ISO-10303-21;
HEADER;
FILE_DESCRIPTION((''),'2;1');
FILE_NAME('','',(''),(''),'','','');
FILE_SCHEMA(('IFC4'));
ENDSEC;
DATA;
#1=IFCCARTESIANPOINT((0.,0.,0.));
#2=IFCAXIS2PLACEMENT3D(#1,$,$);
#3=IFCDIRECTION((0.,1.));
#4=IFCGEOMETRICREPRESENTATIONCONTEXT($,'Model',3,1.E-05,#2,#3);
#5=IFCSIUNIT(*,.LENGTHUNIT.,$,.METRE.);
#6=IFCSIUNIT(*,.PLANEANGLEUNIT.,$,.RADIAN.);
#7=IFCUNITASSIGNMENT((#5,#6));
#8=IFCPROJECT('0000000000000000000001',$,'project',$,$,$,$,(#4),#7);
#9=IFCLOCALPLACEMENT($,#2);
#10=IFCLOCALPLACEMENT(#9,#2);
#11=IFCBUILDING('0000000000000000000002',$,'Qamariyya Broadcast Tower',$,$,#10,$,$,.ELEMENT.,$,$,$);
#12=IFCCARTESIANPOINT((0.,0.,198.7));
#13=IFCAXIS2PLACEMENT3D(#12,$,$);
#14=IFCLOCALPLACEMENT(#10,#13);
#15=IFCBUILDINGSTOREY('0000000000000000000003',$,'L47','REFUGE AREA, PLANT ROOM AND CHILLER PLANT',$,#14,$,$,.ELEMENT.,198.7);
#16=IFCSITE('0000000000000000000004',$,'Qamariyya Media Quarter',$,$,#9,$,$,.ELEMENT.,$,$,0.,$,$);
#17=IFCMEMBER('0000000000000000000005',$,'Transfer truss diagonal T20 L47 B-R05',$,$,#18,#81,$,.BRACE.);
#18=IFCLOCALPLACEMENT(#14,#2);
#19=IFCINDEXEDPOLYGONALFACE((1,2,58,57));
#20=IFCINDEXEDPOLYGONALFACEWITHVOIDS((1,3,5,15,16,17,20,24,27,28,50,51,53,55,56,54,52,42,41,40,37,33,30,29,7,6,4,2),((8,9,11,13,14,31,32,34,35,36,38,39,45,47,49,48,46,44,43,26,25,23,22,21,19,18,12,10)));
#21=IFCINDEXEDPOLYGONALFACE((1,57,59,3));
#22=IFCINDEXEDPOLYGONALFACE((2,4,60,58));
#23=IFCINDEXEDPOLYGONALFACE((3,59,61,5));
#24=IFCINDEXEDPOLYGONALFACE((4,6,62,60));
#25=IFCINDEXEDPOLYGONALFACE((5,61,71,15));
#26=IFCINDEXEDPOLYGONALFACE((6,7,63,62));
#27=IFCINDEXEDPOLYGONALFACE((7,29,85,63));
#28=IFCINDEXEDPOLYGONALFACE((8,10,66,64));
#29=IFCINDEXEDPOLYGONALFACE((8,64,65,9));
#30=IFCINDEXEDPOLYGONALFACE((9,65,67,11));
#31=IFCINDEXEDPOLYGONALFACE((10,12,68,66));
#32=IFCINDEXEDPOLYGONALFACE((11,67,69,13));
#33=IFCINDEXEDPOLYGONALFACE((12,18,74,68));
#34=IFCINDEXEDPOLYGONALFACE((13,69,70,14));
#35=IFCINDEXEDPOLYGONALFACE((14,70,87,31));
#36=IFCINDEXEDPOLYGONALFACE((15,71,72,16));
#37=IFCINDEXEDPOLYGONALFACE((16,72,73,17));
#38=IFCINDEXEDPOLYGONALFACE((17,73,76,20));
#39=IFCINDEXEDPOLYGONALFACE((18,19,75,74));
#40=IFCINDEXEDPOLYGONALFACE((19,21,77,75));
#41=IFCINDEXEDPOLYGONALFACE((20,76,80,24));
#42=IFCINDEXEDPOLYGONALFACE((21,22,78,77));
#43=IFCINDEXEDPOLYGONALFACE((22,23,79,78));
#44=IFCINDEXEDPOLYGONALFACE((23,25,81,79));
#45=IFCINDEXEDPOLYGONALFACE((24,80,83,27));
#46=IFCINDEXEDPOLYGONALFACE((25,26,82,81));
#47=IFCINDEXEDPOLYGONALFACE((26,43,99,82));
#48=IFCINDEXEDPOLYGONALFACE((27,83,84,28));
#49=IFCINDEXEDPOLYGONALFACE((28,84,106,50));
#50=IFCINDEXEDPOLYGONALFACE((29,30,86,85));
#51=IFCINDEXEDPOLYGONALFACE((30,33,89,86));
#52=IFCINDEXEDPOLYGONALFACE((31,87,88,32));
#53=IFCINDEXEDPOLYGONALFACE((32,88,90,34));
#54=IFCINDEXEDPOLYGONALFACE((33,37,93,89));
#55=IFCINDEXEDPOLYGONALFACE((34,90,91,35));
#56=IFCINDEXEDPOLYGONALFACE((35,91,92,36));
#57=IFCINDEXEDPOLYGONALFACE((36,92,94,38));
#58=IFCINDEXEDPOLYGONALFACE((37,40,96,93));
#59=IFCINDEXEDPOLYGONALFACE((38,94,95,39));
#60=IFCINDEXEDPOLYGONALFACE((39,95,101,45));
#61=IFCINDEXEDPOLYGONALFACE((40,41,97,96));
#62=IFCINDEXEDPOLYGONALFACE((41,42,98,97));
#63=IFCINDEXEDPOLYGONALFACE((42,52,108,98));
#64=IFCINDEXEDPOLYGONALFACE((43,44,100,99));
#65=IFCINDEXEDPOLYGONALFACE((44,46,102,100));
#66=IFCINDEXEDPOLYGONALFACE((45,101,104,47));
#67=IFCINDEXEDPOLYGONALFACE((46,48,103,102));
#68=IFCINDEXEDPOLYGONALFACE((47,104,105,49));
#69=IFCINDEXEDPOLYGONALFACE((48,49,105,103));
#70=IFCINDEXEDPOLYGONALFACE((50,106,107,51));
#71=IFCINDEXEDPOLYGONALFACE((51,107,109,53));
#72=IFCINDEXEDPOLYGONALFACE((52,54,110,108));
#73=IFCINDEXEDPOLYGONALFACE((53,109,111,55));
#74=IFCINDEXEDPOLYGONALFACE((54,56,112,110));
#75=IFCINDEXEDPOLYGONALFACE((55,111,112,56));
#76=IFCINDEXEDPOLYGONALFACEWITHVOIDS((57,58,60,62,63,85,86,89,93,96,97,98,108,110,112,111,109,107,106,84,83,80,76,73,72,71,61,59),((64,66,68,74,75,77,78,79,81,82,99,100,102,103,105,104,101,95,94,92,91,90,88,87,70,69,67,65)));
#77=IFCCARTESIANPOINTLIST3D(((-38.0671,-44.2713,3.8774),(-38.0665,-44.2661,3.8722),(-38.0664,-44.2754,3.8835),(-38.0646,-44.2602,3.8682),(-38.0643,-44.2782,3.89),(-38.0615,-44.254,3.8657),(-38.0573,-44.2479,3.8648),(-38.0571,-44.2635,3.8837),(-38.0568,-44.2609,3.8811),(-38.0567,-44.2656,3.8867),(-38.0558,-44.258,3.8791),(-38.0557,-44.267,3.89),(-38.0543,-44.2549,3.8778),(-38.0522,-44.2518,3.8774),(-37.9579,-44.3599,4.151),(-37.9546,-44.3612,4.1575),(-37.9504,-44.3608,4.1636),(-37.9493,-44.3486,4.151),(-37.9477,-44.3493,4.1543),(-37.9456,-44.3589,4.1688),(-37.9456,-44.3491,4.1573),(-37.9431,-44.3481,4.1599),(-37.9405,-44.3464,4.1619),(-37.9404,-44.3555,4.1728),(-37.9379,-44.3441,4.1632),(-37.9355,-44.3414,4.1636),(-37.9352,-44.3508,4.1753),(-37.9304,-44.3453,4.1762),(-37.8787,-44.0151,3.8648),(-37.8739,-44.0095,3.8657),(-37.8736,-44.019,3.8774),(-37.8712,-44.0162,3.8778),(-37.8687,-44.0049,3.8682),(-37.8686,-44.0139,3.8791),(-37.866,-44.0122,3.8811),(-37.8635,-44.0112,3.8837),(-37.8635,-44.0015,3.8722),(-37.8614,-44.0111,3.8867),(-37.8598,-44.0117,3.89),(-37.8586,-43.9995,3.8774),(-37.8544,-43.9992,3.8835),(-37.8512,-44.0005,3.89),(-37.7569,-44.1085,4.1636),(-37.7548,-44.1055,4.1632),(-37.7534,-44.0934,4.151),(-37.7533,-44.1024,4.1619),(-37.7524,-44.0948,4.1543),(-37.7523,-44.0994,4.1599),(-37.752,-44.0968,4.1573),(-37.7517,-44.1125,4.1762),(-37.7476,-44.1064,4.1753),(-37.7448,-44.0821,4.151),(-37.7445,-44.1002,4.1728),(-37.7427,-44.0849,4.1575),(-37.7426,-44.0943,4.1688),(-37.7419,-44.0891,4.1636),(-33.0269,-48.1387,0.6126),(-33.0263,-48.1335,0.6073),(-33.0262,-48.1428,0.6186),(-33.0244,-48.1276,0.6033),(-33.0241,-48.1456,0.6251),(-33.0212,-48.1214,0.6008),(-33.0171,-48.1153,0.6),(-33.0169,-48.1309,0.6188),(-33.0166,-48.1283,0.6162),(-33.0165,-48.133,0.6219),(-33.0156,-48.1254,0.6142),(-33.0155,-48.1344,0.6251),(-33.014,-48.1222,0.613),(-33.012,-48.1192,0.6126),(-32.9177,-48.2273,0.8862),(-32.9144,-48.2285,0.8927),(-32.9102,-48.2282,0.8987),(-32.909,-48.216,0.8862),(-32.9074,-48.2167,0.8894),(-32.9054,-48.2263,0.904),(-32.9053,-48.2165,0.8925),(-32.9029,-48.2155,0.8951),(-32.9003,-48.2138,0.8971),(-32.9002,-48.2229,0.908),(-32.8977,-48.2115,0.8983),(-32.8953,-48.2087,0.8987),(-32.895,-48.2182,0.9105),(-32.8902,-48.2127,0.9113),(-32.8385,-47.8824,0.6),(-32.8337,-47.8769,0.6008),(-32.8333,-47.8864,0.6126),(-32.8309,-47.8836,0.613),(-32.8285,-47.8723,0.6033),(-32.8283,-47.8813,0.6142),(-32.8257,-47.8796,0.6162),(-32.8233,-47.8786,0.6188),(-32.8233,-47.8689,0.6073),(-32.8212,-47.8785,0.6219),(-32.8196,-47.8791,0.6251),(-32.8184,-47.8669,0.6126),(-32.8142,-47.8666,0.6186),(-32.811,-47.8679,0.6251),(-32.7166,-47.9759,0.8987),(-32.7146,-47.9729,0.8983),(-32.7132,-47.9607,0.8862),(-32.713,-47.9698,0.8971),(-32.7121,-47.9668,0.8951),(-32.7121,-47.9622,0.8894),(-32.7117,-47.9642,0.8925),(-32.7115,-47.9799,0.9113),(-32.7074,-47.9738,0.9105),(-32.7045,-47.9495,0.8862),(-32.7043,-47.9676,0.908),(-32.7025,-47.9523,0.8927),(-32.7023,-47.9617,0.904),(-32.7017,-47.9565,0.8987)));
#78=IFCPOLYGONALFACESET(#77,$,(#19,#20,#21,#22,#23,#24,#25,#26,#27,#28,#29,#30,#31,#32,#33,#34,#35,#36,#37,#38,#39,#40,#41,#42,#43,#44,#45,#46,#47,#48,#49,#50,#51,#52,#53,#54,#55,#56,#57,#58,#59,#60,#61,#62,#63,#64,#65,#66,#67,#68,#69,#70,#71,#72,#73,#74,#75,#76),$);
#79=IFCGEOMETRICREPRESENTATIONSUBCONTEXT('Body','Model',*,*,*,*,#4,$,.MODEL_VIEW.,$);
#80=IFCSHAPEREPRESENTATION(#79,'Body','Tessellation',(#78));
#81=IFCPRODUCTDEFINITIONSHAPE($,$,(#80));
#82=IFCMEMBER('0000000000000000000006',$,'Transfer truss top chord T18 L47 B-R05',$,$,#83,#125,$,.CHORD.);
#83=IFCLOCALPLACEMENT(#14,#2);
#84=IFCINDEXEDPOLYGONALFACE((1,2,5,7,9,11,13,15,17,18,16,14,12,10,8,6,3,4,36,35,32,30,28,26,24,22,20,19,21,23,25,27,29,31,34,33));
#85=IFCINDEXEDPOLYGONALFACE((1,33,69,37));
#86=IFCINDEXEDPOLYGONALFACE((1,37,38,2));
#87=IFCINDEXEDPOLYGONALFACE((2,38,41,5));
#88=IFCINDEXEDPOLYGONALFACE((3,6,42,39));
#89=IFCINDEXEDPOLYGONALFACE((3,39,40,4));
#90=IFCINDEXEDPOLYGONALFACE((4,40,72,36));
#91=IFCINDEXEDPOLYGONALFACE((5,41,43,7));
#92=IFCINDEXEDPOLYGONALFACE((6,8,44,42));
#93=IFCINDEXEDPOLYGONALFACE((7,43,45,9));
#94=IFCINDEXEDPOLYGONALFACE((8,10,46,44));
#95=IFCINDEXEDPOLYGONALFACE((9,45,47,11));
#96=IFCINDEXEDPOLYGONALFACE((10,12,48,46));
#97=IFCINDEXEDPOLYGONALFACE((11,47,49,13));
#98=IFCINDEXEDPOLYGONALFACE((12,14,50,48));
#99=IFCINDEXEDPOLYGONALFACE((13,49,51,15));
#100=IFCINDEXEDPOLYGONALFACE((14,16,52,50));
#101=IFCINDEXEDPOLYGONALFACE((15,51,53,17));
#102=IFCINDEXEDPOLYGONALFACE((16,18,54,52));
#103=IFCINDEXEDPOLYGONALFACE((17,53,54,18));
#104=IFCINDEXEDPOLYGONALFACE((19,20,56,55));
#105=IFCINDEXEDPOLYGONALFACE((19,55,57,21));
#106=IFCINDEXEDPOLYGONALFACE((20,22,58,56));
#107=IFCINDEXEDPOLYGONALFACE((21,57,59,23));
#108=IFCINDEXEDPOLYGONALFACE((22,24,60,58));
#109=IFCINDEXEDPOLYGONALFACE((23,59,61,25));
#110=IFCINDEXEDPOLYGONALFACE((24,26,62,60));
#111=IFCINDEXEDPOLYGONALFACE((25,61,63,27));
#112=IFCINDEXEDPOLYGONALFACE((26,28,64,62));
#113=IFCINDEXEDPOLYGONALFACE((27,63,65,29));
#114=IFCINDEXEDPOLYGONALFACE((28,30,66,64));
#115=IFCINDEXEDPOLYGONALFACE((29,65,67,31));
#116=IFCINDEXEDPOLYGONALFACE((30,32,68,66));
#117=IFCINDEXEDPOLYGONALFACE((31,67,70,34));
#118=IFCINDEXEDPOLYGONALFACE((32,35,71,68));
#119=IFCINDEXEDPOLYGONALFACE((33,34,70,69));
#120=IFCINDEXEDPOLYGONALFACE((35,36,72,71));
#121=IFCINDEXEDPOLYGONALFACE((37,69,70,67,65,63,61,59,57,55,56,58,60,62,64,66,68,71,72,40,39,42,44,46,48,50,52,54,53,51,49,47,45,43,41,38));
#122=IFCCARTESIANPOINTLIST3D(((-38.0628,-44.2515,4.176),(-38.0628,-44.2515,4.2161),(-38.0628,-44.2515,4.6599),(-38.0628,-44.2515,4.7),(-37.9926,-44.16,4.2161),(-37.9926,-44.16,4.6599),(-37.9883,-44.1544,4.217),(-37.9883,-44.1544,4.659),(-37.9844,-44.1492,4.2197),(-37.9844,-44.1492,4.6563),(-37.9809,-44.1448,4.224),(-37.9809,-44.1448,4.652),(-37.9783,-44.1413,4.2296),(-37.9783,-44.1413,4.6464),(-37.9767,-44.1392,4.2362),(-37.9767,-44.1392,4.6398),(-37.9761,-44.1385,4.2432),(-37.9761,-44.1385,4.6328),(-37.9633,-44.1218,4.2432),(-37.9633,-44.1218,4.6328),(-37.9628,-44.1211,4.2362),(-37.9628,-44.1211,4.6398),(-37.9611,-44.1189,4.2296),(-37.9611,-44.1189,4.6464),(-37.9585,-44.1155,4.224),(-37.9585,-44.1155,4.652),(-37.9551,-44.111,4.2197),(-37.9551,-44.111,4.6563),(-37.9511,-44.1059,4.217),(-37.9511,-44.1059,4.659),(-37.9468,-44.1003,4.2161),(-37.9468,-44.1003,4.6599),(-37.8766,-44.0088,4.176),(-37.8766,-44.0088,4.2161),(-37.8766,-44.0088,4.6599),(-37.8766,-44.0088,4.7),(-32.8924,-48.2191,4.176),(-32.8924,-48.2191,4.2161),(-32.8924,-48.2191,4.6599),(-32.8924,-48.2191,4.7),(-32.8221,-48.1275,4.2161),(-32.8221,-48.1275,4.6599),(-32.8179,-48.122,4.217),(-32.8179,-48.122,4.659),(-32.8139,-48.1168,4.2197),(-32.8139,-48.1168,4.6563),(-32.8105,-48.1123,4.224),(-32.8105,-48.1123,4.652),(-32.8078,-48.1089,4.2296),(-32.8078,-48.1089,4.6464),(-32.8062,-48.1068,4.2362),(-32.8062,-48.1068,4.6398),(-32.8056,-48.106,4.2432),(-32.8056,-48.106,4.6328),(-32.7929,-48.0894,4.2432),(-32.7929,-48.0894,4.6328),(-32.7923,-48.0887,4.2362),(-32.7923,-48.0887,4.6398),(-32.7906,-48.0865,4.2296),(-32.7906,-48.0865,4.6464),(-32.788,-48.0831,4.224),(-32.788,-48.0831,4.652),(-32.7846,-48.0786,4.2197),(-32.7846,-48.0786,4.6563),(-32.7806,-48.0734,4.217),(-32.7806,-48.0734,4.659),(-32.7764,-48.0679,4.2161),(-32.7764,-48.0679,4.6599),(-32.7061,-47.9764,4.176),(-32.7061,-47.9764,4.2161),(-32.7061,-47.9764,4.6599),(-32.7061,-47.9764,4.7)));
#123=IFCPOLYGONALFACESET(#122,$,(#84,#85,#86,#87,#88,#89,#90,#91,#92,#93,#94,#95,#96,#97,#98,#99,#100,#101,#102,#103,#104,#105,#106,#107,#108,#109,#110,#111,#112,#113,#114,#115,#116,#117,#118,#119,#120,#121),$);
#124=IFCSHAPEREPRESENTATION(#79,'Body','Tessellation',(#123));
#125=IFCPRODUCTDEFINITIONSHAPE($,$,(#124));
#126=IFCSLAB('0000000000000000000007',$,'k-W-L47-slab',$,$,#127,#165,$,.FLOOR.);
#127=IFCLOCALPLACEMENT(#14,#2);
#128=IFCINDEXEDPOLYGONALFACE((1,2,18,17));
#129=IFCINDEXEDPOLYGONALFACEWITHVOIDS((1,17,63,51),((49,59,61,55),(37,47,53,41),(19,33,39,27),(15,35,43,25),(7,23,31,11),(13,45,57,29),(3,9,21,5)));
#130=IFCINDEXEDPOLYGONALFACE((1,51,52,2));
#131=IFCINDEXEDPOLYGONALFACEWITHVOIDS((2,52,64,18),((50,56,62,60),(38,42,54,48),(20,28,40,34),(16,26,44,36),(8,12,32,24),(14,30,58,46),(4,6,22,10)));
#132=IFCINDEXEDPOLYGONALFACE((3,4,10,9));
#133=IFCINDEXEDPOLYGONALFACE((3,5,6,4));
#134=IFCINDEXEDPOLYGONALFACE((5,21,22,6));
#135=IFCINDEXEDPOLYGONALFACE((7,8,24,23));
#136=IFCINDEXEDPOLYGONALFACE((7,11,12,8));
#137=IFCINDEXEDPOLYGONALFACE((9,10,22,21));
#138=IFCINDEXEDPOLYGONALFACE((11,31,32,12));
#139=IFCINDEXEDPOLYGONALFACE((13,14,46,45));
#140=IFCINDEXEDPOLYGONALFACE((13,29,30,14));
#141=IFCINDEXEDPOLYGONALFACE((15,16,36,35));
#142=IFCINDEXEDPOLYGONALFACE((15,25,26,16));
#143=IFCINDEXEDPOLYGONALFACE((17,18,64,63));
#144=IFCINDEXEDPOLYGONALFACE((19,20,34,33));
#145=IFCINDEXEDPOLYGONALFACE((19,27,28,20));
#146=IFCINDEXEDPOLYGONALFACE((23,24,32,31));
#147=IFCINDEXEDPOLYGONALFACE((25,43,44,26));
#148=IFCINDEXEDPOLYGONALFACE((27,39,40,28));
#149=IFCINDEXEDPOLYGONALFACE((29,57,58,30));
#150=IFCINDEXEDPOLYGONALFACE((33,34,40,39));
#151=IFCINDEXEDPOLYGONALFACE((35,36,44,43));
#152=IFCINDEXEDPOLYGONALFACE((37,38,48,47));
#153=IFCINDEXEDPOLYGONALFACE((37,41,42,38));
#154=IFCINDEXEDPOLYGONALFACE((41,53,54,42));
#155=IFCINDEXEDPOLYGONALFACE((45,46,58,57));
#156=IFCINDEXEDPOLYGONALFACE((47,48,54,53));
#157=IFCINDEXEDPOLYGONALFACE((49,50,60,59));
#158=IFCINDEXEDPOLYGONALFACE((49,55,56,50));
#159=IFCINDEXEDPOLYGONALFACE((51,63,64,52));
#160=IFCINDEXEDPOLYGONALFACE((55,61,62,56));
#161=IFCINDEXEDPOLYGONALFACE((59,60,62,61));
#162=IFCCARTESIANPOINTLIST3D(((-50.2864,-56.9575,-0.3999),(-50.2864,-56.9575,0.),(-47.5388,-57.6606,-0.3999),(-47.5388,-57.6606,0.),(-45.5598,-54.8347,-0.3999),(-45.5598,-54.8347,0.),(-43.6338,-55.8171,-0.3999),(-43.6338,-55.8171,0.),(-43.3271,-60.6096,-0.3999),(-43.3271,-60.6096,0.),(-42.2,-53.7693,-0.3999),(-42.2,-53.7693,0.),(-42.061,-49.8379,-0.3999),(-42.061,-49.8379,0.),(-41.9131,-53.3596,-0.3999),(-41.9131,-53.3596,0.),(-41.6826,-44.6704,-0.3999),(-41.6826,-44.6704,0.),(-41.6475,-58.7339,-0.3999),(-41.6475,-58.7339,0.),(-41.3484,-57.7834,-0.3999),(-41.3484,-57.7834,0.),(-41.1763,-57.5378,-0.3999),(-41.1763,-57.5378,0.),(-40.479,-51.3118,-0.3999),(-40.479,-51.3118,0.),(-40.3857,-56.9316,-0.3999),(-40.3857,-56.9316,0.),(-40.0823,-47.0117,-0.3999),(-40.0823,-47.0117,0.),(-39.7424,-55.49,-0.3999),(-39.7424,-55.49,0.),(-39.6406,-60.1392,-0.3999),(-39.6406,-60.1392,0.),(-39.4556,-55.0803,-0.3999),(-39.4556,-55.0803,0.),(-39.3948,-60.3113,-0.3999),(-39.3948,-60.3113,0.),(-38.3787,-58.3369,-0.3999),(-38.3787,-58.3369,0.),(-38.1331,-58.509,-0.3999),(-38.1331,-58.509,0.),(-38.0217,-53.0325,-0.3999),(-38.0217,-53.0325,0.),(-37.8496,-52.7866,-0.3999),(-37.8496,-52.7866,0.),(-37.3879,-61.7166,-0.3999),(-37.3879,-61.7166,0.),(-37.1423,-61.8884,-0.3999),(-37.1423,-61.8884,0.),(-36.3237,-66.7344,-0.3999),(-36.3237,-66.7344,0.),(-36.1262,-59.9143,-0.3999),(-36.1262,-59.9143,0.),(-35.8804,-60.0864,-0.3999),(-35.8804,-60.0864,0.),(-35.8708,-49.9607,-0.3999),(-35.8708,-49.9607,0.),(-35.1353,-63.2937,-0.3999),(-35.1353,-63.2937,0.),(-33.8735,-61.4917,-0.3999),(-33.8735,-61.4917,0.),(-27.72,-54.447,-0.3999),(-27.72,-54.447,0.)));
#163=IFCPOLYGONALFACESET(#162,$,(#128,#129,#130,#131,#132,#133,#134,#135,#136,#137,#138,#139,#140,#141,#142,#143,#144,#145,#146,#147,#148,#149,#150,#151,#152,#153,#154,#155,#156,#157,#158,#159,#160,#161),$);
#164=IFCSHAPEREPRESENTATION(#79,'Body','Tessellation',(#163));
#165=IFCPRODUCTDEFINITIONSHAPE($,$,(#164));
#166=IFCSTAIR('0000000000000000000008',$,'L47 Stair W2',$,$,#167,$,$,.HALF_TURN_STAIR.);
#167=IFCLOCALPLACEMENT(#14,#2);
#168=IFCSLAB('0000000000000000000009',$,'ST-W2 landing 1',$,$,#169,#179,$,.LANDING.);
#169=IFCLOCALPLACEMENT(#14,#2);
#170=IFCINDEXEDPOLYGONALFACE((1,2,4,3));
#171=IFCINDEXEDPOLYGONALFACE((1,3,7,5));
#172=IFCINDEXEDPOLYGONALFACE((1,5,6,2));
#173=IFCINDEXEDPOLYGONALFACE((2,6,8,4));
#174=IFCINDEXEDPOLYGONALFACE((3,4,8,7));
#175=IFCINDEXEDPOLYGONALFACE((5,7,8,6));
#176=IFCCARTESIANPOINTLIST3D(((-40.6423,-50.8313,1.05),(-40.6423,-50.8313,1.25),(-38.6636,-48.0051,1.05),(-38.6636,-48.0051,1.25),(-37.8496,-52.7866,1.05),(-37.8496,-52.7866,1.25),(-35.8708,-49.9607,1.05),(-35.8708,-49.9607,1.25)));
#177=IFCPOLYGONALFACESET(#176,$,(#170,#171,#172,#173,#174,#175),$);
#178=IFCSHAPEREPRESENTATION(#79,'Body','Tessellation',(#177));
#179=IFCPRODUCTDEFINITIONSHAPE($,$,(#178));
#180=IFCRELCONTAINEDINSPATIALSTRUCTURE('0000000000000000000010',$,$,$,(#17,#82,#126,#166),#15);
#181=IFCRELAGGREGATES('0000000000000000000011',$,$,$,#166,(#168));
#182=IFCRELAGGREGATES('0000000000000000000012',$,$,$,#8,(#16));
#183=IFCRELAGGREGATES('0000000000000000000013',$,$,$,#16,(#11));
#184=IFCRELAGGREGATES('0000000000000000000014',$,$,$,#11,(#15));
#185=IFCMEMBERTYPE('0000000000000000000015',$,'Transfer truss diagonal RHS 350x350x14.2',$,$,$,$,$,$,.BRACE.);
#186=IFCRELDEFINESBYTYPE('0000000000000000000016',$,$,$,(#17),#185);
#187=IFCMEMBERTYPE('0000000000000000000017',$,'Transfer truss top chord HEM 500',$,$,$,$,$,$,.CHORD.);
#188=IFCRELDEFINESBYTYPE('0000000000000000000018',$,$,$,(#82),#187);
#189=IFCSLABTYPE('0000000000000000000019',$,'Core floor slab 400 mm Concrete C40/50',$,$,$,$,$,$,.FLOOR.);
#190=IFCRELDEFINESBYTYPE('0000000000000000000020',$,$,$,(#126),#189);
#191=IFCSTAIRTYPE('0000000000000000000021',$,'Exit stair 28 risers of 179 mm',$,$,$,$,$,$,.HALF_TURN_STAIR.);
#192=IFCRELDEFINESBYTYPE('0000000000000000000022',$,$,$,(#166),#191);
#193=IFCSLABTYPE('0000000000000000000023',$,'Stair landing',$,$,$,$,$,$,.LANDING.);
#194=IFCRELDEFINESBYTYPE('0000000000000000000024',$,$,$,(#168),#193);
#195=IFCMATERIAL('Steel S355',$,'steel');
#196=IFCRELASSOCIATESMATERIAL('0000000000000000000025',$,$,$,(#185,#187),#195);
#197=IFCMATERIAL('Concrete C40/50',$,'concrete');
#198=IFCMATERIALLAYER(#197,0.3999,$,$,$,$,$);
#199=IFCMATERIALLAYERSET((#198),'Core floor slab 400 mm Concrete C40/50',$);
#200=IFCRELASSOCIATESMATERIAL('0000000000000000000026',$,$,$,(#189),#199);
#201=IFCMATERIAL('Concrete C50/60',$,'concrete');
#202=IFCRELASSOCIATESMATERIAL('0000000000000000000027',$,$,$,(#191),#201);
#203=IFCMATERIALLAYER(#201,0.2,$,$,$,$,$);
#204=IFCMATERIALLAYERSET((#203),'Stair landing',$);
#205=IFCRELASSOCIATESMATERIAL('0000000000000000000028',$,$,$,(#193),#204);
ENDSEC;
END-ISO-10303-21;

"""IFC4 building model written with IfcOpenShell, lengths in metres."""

from ifc_helpers import new_model, si_unit, direction, frame, origin, origin_2d, place, context, subcontext, project, spatial, polyline, hollow_rectangle, i_section, outline, extrude, material, layer, layer_set, material_profile, profile_set, type_object, element, aggregate, save


model = new_model("IFC4")

# Units and contexts
model_context = context("Model", 3, precision=1e-05, world=origin(), true_north=direction((0.0, 1.0)))
body_context = subcontext(model_context, "Body", "Model", "MODEL_VIEW")
ifc_project = project(units=[si_unit("LENGTHUNIT", "METRE"), si_unit("PLANEANGLEUNIT", "RADIAN")], contexts=[model_context])

# Site, building, storey
site_placement = place(None, origin())
site = spatial("IfcSite", under=ifc_project, at=site_placement, Name="Qamariyya Media Quarter", CompositionType="ELEMENT", RefElevation=0.0)
building_placement = place(site_placement, origin())
building = spatial("IfcBuilding", under=site, at=building_placement, Name="Qamariyya Broadcast Tower", CompositionType="ELEMENT")
storey_placement = place(building_placement, frame((0.0, 0.0, 198.7)))
storey = spatial("IfcBuildingStorey", under=building, at=storey_placement, Name="L47", Description="REFUGE AREA, PLANT ROOM AND CHILLER PLANT", CompositionType="ELEMENT", Elevation=198.7)

# Shared definitions
ifc_material_1 = material(Name="Steel S355", Category="steel")

# Shared definitions
ifc_material_2 = material(Name="Concrete C40/50", Category="concrete")

# Members
ifc_material_profile_1 = material_profile(ifc_material_1, hollow_rectangle(XDim=0.3501, YDim=0.3501, WallThickness=0.0142, InnerFilletRadius=0.0142, OuterFilletRadius=0.0283, at=origin_2d()))
ifc_profile_set_1 = profile_set([ifc_material_profile_1], Name="Steel S355")
member_type_1 = type_object("IfcMemberType", Name="Transfer truss diagonal RHS 350x350x14.2", PredefinedType="BRACE", material=ifc_profile_set_1)
member_1_placement = place(storey_placement, frame((-37.9045, -44.1802, 4.0205), z_axis=(0.705636, -0.541437, -0.457082), x_axis=(0.60875, 0.793362, 0.0)))
element("IfcMember", 1, at=member_1_placement, inside=storey, type_object=member_type_1, Name="Transfer truss diagonal T20 L47 B-R05", PredefinedType="BRACE", context=body_context, shape_type="SweptSolid", body=[
    extrude(hollow_rectangle(XDim=0.3501, YDim=0.3501, WallThickness=0.0142, InnerFilletRadius=0.0142, OuterFilletRadius=0.0283, at=origin_2d()), origin(), (0.0, 0.0, 1.0), 7.1428),
])
ifc_material_profile_2 = material_profile(ifc_material_1, i_section(OverallWidth=0.3059, OverallDepth=0.5239, WebThickness=0.021, FlangeThickness=0.04, FilletRadius=0.0271, at=origin_2d()))
ifc_profile_set_2 = profile_set([ifc_material_profile_2], Name="Steel S355")
member_type_2 = type_object("IfcMemberType", Name="Transfer truss top chord HEM 500", PredefinedType="CHORD", material=ifc_profile_set_2)
member_2_placement = place(storey_placement, frame((-37.9697, -44.1301, 4.438), z_axis=(0.793343, -0.608774, 0.0), x_axis=(0.608774, 0.793343, 0.0)))
element("IfcMember", 2, at=member_2_placement, inside=storey, type_object=member_type_2, Name="Transfer truss top chord T18 L47 B-R05", PredefinedType="CHORD", context=body_context, shape_type="SweptSolid", body=[
    extrude(i_section(OverallWidth=0.3059, OverallDepth=0.5239, WebThickness=0.021, FlangeThickness=0.04, FilletRadius=0.0271, at=origin_2d()), origin(), (0.0, 0.0, 1.0), 6.5173),
])

# Slab
ifc_layer_1 = layer(ifc_material_2, 0.3999)
ifc_layer_set_1 = layer_set([ifc_layer_1], Name="Core floor slab 400 mm Concrete C40/50")
slab_type_1 = type_object("IfcSlabType", Name="Core floor slab 400 mm Concrete C40/50", PredefinedType="FLOOR", material=ifc_layer_set_1)
slab_1_placement = place(storey_placement, frame((0.0, 0.0, -0.3999)))
element("IfcSlab", 3, at=slab_1_placement, inside=storey, type_object=slab_type_1, Name="k-W-L47-slab", PredefinedType="FLOOR", context=body_context, shape_type="SweptSolid", body=[
    extrude(outline(polyline([(-50.2864, -56.9575), (-36.3237, -66.7344), (-27.72, -54.447), (-41.6826, -44.6704), (-50.2864, -56.9575)]), holes=[polyline([(-33.8735, -61.4917), (-35.8804, -60.0864), (-37.1423, -61.8884), (-35.1353, -63.2937), (-33.8735, -61.4917)]), polyline([(-36.1262, -59.9143), (-38.1331, -58.509), (-39.3948, -60.3113), (-37.3879, -61.7166), (-36.1262, -59.9143)]), polyline([(-38.3787, -58.3369), (-40.3857, -56.9316), (-41.6475, -58.7339), (-39.6406, -60.1392), (-38.3787, -58.3369)]), polyline([(-39.7424, -55.49), (-42.2, -53.7693), (-43.6338, -55.8171), (-41.1763, -57.5378), (-39.7424, -55.49)]), polyline([(-39.4556, -55.0803), (-41.9131, -53.3596), (-40.479, -51.3118), (-38.0217, -53.0325), (-39.4556, -55.0803)]), polyline([(-42.061, -49.8379), (-37.8496, -52.7866), (-35.8708, -49.9607), (-40.0823, -47.0117), (-42.061, -49.8379)]), polyline([(-47.5388, -57.6606), (-43.3271, -60.6096), (-41.3484, -57.7834), (-45.5598, -54.8347), (-47.5388, -57.6606)])]), origin(), (0.0, 0.0, 1.0), 0.3999),
])

# Stair, slab
ifc_material_3 = material(Name="Concrete C50/60", Category="concrete")
stair_type = type_object("IfcStairType", Name="Exit stair 28 risers of 179 mm", PredefinedType="HALF_TURN_STAIR", material=ifc_material_3)
stair_1_placement = place(storey_placement, origin())
stair_1 = element("IfcStair", 4, at=stair_1_placement, inside=storey, type_object=stair_type, Name="L47 Stair W2", PredefinedType="HALF_TURN_STAIR")
ifc_layer_2 = layer(ifc_material_3, 0.2)
ifc_layer_set_2 = layer_set([ifc_layer_2], Name="Stair landing")
slab_type_2 = type_object("IfcSlabType", Name="Stair landing", PredefinedType="LANDING", material=ifc_layer_set_2)
slab_2_placement = place(storey_placement, frame((0.0, 0.0, 1.05)))
slab_2 = element("IfcSlab", 5, at=slab_2_placement, type_object=slab_type_2, Name="ST-W2 landing 1", PredefinedType="LANDING", context=body_context, shape_type="SweptSolid", body=[
    extrude(outline(polyline([(-40.6423, -50.8313), (-37.8496, -52.7866), (-35.8708, -49.9607), (-38.6636, -48.0051), (-40.6423, -50.8313)])), origin(), (0.0, 0.0, 1.0), 0.2),
])
aggregate(stair_1, [slab_2])

save(model, "model.ifc")
